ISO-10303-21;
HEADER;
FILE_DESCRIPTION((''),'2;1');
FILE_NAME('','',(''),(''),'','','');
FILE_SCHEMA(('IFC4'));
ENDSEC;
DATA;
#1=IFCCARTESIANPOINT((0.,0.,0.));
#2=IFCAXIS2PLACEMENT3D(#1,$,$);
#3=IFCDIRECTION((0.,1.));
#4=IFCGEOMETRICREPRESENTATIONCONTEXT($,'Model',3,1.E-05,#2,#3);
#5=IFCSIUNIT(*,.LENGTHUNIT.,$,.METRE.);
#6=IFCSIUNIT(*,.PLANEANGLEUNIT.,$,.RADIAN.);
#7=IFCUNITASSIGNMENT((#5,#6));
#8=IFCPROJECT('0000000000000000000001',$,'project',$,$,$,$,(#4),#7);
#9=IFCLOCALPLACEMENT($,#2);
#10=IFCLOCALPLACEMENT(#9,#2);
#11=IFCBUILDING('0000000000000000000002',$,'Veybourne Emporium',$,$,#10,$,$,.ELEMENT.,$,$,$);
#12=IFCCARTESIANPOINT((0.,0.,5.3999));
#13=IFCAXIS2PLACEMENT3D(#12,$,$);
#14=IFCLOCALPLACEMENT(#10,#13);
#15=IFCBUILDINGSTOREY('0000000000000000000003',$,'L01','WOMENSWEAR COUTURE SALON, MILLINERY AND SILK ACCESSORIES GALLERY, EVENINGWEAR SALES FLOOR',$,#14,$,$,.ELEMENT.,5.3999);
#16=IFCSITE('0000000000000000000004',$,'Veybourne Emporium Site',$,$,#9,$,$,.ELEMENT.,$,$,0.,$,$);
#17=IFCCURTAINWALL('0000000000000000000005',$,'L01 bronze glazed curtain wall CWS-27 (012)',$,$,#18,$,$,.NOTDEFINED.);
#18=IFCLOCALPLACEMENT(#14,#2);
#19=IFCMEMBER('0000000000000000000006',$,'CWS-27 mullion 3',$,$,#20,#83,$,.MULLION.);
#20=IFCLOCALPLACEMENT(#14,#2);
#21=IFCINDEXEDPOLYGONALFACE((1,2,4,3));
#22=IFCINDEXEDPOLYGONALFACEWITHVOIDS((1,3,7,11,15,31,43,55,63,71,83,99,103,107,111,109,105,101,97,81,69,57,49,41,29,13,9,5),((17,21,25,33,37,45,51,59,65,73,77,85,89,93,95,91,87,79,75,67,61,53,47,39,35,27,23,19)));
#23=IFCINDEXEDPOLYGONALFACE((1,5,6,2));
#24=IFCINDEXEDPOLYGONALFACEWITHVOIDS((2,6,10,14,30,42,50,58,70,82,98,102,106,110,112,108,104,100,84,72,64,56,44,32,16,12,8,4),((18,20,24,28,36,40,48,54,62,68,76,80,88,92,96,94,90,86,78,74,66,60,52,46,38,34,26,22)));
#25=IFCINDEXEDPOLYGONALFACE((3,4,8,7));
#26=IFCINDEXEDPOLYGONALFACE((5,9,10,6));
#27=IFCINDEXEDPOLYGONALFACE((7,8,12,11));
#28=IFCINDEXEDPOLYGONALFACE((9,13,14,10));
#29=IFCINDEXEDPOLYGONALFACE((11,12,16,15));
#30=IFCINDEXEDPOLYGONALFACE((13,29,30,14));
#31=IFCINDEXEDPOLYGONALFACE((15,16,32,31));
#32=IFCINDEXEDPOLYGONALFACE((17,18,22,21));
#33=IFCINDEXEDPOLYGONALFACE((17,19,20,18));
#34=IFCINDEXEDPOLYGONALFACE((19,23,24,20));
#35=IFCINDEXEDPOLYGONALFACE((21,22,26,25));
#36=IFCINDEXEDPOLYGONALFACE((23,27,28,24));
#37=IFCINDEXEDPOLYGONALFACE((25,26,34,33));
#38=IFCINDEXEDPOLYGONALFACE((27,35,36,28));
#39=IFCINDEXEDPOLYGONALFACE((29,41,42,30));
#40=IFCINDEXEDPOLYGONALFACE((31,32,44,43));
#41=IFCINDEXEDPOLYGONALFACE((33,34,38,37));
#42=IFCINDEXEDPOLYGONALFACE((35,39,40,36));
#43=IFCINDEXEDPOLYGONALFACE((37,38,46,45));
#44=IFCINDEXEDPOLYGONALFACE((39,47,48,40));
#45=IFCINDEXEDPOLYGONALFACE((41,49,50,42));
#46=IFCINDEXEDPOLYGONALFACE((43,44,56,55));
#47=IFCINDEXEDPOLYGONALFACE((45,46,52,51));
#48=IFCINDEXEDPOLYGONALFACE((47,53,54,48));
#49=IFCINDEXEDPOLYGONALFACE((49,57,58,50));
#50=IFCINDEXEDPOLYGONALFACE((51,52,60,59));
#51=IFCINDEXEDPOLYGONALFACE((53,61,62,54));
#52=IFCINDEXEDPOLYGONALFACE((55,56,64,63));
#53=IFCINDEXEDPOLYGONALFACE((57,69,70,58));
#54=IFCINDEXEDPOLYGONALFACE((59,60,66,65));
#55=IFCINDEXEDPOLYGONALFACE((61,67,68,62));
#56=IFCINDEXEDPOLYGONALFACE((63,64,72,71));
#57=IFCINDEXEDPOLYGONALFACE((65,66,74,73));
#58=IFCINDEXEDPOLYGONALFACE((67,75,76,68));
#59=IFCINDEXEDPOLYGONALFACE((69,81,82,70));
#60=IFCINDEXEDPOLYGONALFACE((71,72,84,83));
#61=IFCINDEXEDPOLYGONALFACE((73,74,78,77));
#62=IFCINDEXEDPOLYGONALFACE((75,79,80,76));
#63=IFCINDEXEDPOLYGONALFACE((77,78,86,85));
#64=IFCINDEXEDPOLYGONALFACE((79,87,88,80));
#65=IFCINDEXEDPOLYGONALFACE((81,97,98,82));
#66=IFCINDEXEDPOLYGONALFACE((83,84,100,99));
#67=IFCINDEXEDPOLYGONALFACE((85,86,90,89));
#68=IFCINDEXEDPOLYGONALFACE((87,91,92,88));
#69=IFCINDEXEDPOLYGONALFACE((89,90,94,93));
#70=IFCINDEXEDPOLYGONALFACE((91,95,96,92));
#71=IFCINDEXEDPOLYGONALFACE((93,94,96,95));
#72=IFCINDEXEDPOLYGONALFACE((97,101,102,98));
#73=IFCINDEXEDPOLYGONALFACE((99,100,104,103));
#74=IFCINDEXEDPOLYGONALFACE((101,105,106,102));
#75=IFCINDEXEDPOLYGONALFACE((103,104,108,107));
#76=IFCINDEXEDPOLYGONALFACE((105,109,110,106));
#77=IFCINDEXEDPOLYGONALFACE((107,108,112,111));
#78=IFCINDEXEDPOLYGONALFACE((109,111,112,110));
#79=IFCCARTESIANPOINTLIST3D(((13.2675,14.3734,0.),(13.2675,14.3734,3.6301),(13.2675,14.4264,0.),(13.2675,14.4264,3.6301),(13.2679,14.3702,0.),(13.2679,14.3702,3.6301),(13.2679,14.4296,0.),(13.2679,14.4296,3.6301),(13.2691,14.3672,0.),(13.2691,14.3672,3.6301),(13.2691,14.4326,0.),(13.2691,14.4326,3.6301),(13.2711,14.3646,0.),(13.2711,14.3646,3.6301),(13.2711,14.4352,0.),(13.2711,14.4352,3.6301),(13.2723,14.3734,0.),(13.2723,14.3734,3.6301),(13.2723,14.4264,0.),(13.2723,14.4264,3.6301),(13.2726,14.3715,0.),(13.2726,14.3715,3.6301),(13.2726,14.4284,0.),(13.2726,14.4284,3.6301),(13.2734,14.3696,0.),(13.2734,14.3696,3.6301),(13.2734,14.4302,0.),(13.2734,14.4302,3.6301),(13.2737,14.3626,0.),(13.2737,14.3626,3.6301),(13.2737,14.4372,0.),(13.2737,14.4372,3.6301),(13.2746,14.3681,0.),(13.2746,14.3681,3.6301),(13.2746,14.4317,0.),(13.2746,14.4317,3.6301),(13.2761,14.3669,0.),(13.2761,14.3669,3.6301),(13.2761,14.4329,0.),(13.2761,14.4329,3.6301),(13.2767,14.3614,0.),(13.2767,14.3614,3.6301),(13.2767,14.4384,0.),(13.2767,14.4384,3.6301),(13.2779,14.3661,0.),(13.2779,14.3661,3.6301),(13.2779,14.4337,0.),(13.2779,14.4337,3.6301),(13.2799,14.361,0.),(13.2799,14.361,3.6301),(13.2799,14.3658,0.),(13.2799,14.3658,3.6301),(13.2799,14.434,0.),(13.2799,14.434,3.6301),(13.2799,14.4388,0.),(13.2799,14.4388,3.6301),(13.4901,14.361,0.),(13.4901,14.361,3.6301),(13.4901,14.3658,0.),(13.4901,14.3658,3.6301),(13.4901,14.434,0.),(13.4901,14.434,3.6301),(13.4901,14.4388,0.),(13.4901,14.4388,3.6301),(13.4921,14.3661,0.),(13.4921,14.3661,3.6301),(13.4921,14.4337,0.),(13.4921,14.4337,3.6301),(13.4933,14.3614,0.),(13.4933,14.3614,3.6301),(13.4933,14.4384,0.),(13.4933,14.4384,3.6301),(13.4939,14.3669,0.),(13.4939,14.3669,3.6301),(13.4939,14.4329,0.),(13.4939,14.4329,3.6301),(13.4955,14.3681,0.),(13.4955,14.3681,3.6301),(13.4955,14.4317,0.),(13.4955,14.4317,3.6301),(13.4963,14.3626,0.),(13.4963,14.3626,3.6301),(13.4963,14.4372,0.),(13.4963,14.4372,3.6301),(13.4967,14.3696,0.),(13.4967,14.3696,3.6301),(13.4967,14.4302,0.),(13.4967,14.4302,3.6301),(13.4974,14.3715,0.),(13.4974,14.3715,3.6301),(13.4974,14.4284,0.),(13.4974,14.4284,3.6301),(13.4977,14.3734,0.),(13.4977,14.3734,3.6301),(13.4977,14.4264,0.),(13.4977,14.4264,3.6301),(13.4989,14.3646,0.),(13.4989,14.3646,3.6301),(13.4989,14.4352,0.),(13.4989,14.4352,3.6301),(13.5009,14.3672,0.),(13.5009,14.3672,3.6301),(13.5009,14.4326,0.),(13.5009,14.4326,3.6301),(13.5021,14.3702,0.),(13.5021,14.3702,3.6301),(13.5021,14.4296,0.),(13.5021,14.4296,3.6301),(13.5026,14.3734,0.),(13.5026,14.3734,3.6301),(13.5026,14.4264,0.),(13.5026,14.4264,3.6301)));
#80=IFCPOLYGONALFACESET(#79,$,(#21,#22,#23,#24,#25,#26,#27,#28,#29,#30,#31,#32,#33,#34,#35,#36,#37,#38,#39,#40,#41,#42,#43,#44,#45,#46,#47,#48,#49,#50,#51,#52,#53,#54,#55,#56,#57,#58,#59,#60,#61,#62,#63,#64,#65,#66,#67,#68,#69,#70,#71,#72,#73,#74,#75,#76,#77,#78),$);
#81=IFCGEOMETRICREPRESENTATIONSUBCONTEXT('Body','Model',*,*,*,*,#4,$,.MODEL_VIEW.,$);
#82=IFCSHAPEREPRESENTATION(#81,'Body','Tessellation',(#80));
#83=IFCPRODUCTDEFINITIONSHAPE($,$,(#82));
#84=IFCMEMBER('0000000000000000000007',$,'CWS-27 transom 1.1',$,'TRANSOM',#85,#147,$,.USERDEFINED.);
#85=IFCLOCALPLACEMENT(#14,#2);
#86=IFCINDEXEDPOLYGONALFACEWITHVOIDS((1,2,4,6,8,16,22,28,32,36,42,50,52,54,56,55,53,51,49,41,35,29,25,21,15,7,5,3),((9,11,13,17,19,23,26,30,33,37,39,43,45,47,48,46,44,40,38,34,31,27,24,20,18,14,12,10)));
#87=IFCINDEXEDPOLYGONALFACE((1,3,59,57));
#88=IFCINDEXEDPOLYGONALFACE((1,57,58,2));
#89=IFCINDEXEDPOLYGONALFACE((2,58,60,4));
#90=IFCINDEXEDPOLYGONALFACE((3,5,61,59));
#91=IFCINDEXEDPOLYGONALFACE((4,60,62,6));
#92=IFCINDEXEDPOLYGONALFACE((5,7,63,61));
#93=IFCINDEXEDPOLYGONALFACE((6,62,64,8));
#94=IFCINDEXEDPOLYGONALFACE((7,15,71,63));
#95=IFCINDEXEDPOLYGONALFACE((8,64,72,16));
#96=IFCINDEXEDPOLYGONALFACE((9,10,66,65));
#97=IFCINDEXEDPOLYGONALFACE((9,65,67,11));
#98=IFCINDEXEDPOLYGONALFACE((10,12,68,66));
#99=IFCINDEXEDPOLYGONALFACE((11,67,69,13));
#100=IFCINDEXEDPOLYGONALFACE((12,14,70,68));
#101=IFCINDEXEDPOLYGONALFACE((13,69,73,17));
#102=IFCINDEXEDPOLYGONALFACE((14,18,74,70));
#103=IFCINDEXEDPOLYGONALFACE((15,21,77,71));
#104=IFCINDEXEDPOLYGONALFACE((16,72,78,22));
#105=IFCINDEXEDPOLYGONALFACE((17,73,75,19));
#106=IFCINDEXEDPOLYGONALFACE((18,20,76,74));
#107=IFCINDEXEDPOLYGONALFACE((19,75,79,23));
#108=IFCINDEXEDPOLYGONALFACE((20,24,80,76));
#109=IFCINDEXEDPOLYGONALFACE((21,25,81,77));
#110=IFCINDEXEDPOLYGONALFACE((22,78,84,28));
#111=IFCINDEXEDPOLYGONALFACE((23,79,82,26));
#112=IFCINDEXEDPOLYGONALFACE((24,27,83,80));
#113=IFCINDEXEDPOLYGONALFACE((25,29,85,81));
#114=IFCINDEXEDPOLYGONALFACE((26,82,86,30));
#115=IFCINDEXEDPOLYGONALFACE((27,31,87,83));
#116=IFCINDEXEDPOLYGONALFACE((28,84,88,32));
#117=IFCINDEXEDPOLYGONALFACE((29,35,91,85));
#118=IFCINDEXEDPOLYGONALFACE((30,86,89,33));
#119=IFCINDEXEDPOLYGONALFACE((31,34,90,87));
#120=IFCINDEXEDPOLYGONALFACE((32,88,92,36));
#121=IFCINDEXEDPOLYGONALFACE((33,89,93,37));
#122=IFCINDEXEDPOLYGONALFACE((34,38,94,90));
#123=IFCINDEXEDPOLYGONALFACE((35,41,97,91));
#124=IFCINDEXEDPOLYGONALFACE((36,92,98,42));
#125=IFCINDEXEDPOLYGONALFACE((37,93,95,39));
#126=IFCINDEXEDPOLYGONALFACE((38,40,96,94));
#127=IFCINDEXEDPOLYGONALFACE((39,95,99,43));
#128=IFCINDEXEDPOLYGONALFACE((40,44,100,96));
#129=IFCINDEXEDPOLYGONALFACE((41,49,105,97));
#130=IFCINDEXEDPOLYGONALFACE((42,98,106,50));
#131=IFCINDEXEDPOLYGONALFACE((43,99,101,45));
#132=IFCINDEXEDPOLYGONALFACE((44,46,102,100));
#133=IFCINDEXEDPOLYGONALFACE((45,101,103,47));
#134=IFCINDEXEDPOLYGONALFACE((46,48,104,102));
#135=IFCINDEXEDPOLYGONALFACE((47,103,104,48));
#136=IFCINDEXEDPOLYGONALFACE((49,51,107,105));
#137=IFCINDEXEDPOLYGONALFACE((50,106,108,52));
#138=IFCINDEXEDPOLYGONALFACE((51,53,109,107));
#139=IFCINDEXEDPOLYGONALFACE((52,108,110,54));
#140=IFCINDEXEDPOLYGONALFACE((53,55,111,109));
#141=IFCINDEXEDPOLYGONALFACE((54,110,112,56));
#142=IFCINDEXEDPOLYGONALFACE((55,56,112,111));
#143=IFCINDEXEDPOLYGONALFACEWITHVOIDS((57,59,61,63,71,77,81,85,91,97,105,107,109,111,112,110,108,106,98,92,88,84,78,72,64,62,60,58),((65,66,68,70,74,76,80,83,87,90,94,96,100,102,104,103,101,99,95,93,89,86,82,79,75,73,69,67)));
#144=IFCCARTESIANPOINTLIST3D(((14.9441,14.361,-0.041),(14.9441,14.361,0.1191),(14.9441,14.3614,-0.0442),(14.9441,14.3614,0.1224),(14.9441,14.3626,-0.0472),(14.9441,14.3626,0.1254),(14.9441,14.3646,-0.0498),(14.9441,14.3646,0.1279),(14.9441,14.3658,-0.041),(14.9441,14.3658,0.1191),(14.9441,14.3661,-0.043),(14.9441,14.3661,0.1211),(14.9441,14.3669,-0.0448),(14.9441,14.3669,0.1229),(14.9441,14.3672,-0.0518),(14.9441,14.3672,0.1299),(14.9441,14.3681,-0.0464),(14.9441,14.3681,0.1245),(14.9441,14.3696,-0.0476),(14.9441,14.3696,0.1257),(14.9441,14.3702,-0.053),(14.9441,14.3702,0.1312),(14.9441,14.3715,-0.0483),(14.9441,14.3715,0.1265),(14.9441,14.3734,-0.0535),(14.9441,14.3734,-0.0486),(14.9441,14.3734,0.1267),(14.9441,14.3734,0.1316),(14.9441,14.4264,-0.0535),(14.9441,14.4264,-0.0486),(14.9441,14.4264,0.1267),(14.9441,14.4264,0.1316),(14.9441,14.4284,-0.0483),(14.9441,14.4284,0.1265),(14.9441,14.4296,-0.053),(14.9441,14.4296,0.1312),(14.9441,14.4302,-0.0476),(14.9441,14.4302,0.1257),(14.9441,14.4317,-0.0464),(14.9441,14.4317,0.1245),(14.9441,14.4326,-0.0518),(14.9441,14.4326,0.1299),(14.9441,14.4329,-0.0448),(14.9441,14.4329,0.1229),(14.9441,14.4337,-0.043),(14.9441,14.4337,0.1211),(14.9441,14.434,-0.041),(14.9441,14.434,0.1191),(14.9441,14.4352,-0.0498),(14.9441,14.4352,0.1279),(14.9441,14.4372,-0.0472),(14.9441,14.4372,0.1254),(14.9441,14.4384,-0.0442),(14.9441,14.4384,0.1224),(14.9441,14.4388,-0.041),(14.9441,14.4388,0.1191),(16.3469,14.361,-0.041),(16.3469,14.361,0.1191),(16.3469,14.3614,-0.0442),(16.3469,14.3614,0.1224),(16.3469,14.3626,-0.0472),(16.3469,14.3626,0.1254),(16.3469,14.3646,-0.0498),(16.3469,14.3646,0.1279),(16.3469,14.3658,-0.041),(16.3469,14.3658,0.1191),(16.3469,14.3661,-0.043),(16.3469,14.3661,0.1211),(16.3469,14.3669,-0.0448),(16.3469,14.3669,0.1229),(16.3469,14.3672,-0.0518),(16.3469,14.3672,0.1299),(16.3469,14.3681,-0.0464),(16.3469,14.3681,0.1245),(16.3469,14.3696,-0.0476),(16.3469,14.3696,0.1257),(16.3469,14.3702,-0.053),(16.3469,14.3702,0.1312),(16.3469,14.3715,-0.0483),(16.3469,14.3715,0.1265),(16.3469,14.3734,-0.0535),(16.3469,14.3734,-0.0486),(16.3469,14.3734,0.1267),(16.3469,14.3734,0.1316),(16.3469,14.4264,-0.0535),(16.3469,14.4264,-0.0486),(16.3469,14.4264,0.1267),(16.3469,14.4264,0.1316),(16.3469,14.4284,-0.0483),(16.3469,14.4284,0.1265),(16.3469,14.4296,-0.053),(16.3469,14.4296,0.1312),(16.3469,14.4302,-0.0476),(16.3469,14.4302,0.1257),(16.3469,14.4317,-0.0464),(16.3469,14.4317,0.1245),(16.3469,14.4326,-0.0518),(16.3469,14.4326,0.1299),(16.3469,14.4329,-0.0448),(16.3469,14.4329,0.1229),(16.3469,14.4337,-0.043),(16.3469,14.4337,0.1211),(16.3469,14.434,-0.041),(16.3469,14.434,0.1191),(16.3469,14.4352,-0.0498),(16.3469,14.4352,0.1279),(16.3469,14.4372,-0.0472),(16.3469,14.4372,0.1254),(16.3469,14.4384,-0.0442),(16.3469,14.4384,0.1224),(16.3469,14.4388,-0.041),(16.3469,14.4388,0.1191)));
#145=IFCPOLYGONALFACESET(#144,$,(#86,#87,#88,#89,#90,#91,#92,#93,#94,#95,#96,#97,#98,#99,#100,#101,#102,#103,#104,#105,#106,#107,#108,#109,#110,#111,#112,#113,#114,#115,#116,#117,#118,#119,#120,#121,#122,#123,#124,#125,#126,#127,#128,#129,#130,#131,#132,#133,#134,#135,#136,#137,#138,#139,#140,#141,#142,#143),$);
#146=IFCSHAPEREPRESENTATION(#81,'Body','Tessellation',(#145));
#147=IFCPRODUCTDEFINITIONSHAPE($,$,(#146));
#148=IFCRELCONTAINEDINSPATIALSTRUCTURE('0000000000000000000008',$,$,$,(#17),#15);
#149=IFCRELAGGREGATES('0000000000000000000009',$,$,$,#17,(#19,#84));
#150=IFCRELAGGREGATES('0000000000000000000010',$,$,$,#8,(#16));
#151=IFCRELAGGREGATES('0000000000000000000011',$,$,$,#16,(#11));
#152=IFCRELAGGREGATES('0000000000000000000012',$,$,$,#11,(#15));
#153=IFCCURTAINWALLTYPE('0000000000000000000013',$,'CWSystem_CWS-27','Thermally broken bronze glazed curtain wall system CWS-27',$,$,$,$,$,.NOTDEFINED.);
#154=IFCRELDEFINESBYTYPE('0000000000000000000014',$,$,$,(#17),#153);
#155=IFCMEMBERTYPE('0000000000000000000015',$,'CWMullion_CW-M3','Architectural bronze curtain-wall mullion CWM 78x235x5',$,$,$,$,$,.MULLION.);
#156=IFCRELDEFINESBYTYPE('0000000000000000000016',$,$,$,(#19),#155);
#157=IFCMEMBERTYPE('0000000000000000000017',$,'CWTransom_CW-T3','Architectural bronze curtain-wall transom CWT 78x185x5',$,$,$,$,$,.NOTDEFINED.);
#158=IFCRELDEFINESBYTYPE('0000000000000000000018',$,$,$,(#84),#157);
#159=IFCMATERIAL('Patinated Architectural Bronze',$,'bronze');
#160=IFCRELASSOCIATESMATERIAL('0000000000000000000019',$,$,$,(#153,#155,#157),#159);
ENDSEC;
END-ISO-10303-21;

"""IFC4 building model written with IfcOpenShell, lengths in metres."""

from ifc_helpers import new_model, si_unit, direction, frame, origin, origin_2d, place, context, subcontext, project, spatial, hollow_rectangle, extrude, material, material_profile, profile_set, type_object, element, aggregate, save


model = new_model("IFC4")

# Units and contexts
model_context = context("Model", 3, precision=1e-05, world=origin(), true_north=direction((0.0, 1.0)))
body_context = subcontext(model_context, "Body", "Model", "MODEL_VIEW")
ifc_project = project(units=[si_unit("LENGTHUNIT", "METRE"), si_unit("PLANEANGLEUNIT", "RADIAN")], contexts=[model_context])

# Site, building, storey
site_placement = place(None, origin())
site = spatial("IfcSite", under=ifc_project, at=site_placement, Name="Veybourne Emporium Site", CompositionType="ELEMENT", RefElevation=0.0)
building_placement = place(site_placement, origin())
building = spatial("IfcBuilding", under=site, at=building_placement, Name="Veybourne Emporium", CompositionType="ELEMENT")
storey_placement = place(building_placement, frame((0.0, 0.0, 5.3999)))
storey = spatial("IfcBuildingStorey", under=building, at=storey_placement, Name="L01", Description="WOMENSWEAR COUTURE SALON, MILLINERY AND SILK ACCESSORIES GALLERY, EVENINGWEAR SALES FLOOR", CompositionType="ELEMENT", Elevation=5.3999)

# Curtain wall, members
ifc_material_1 = material(Name="Patinated Architectural Bronze", Category="bronze")
curtain_wall_type = type_object("IfcCurtainWallType", Name="CWSystem_CWS-27", Description="Thermally broken bronze glazed curtain wall system CWS-27", PredefinedType="NOTDEFINED", material=ifc_material_1)
curtain_wall_placement = place(storey_placement, origin())
curtain_wall = element("IfcCurtainWall", 1, at=curtain_wall_placement, inside=storey, type_object=curtain_wall_type, Name="L01 bronze glazed curtain wall CWS-27 (012)", PredefinedType="NOTDEFINED")
ifc_material_profile_1 = material_profile(ifc_material_1, hollow_rectangle(XDim=0.0779, YDim=0.2351, WallThickness=0.0049, InnerFilletRadius=0.0076, OuterFilletRadius=0.0125, at=origin_2d()), Name="CWM 78x235x5")
ifc_profile_set_1 = profile_set([ifc_material_profile_1], Name="Patinated Architectural Bronze")
member_type_1 = type_object("IfcMemberType", Name="CWMullion_CW-M3", Description="Architectural bronze curtain-wall mullion CWM 78x235x5", PredefinedType="MULLION", material=ifc_profile_set_1)
member_1_placement = place(storey_placement, frame((13.385, 14.3999, 0.0), z_axis=(0.0, 0.0, 1.0), x_axis=(0.0, -1.0, 0.0)))
member_1 = element("IfcMember", 2, at=member_1_placement, type_object=member_type_1, Name="CWS-27 mullion 3", PredefinedType="MULLION", context=body_context, shape_type="SweptSolid", body=[
    extrude(hollow_rectangle(XDim=0.0779, YDim=0.2351, WallThickness=0.0049, InnerFilletRadius=0.0076, OuterFilletRadius=0.0125, at=origin_2d()), origin(), (0.0, 0.0, 1.0), 3.6301),
])
ifc_material_profile_2 = material_profile(ifc_material_1, hollow_rectangle(XDim=0.0779, YDim=0.1851, WallThickness=0.0049, InnerFilletRadius=0.0076, OuterFilletRadius=0.0125, at=origin_2d()), Name="CWT 78x185x5")
ifc_profile_set_2 = profile_set([ifc_material_profile_2], Name="Patinated Architectural Bronze")
member_type_2 = type_object("IfcMemberType", Name="CWTransom_CW-T3", Description="Architectural bronze curtain-wall transom CWT 78x185x5", PredefinedType="NOTDEFINED", material=ifc_profile_set_2)
member_2_placement = place(storey_placement, frame((16.3469, 14.3999, 0.0391), z_axis=(-1.0, 0.0, 0.0), x_axis=(0.0, -1.0, 0.0)))
member_2 = element("IfcMember", 3, at=member_2_placement, type_object=member_type_2, Name="CWS-27 transom 1.1", ObjectType="TRANSOM", PredefinedType="USERDEFINED", context=body_context, shape_type="SweptSolid", body=[
    extrude(hollow_rectangle(XDim=0.0779, YDim=0.1851, WallThickness=0.0049, InnerFilletRadius=0.0076, OuterFilletRadius=0.0125, at=origin_2d()), origin(), (0.0, 0.0, 1.0), 1.4028),
])
aggregate(curtain_wall, [member_1, member_2])

save(model, "model.ifc")
